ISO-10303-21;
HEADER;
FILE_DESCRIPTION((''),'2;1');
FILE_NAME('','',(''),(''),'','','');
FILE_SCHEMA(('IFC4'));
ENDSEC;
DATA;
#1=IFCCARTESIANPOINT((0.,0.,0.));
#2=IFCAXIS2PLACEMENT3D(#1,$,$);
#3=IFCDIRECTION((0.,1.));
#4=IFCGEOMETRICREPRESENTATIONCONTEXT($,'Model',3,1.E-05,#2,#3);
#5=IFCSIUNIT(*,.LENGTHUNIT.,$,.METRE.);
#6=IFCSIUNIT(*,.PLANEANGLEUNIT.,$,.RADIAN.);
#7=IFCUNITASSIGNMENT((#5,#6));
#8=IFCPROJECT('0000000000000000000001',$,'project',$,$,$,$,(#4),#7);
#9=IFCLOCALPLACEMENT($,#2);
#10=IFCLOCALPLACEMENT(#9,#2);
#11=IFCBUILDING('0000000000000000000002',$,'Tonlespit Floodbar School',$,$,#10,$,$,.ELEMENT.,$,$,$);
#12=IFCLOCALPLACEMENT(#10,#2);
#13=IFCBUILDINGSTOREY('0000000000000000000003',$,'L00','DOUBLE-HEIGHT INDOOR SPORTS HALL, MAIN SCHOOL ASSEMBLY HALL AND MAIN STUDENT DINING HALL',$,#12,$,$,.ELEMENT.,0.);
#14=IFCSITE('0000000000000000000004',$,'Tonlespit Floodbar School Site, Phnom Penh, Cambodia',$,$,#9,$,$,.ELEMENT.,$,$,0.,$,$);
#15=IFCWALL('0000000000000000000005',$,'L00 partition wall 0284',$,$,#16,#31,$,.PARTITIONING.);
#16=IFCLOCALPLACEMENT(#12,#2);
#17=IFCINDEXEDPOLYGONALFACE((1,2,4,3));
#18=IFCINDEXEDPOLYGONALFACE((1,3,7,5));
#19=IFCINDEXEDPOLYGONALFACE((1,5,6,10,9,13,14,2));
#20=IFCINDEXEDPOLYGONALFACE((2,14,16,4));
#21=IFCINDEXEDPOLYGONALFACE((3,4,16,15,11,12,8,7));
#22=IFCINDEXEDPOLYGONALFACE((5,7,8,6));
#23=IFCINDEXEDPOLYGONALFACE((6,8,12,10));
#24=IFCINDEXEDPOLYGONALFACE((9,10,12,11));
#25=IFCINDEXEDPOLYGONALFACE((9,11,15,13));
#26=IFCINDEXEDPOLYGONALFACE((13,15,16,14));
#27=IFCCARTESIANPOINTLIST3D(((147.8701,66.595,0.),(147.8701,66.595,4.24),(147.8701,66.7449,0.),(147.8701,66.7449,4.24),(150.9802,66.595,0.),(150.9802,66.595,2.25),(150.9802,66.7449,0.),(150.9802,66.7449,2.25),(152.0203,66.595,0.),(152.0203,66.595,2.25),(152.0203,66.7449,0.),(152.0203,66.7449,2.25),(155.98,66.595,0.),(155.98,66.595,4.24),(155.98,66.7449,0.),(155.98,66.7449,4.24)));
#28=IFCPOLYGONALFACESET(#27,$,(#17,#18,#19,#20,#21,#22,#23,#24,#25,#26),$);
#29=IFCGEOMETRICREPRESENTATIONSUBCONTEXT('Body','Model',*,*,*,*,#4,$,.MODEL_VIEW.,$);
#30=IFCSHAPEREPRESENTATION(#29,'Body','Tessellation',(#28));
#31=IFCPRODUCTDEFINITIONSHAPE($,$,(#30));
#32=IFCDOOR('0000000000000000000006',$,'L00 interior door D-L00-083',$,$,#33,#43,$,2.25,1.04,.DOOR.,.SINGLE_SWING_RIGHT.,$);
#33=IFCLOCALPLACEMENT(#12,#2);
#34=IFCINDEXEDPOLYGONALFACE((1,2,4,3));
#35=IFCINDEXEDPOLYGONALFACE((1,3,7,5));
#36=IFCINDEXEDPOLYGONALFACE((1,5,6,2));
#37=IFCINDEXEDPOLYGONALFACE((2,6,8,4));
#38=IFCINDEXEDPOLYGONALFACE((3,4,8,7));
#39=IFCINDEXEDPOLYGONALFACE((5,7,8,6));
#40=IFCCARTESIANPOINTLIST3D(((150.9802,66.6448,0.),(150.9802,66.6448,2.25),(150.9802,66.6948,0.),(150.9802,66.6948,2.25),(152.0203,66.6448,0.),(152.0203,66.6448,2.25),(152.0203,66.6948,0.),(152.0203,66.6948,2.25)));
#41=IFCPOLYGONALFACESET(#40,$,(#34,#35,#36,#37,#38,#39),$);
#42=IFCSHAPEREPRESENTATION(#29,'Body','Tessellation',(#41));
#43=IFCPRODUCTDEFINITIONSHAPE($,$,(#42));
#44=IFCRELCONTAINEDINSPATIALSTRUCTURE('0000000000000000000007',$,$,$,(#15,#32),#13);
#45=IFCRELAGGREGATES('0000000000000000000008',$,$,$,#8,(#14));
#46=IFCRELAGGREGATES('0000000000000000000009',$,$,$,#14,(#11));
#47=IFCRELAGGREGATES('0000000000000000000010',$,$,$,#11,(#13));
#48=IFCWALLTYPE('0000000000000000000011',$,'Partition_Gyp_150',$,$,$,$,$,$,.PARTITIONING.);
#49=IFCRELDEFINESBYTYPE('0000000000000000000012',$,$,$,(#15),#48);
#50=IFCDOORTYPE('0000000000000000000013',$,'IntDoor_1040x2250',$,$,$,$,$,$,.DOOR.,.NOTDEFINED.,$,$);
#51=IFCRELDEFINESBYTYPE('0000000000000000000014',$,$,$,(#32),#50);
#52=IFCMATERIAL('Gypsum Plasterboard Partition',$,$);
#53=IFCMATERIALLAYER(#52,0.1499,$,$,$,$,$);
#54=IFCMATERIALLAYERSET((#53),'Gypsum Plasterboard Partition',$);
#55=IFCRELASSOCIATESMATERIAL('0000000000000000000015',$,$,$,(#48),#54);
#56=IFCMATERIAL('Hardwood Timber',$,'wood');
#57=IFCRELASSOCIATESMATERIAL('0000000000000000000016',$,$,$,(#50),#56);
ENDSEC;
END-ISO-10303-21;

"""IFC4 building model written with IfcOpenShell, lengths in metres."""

from ifc_helpers import new_model, si_unit, direction, frame, frame_2d, origin, place, context, subcontext, project, spatial, rectangle, extrude, material, layer, layer_set, type_object, element, fill, save


model = new_model("IFC4")

# Units and contexts
model_context = context("Model", 3, precision=1e-05, world=origin(), true_north=direction((0.0, 1.0)))
body_context = subcontext(model_context, "Body", "Model", "MODEL_VIEW")
ifc_project = project(units=[si_unit("LENGTHUNIT", "METRE"), si_unit("PLANEANGLEUNIT", "RADIAN")], contexts=[model_context])

# Site, building, storey
site_placement = place(None, origin())
site = spatial("IfcSite", under=ifc_project, at=site_placement, Name="Tonlespit Floodbar School Site, Phnom Penh, Cambodia", CompositionType="ELEMENT", RefElevation=0.0)
building_placement = place(site_placement, origin())
building = spatial("IfcBuilding", under=site, at=building_placement, Name="Tonlespit Floodbar School", CompositionType="ELEMENT")
storey_placement = place(building_placement, origin())
storey = spatial("IfcBuildingStorey", under=building, at=storey_placement, Name="L00", Description="DOUBLE-HEIGHT INDOOR SPORTS HALL, MAIN SCHOOL ASSEMBLY HALL AND MAIN STUDENT DINING HALL", CompositionType="ELEMENT", Elevation=0.0)

# Shared definitions
ifc_material_1 = material(Name="Gypsum Plasterboard Partition")

# Wall, opening, door
ifc_layer_1 = layer(ifc_material_1, 0.1499)
ifc_layer_set_1 = layer_set([ifc_layer_1], Name="Gypsum Plasterboard Partition")
wall_type_1 = type_object("IfcWallType", Name="Partition_Gyp_150", PredefinedType="PARTITIONING", material=ifc_layer_set_1)
wall_1_placement = place(storey_placement, frame((147.8701, 66.6699, 0.0), z_axis=(0.0, 0.0, 1.0), x_axis=(1.0, 0.0, 0.0)))
wall_1 = element("IfcWall", 1, at=wall_1_placement, inside=storey, type_object=wall_type_1, Name="L00 partition wall 0284", PredefinedType="PARTITIONING", context=body_context, shape_type="SweptSolid", body=[
    extrude(rectangle(XDim=8.1099, YDim=0.1499, at=frame_2d((4.0549, 0.0))), origin(), (0.0, 0.0, 1.0), 4.24),
])
opening_placement = place(wall_1_placement, frame((3.1101, 0.0, 0.0)))
opening = element("IfcOpeningElement", 2, at=opening_placement, cuts=wall_1, PredefinedType="OPENING", context=body_context, shape_type="SweptSolid", body=[
    extrude(rectangle(XDim=1.04, YDim=2.25, at=frame_2d((0.52, 1.125))), frame((0.0, 0.085, 0.0), z_axis=(0.0, -1.0, 0.0), x_axis=(1.0, 0.0, 0.0)), (0.0, 0.0, 1.0), 0.1699),
])
ifc_material_2 = material(Name="Hardwood Timber", Category="wood")
door_type = type_object("IfcDoorType", Name="IntDoor_1040x2250", OperationType="NOTDEFINED", PredefinedType="DOOR", material=ifc_material_2)
door_placement = place(opening_placement, origin())
door = element("IfcDoor", 3, at=door_placement, inside=storey, type_object=door_type, Name="L00 interior door D-L00-083", OperationType="SINGLE_SWING_RIGHT", OverallHeight=2.25, OverallWidth=1.04, PredefinedType="DOOR", context=body_context, shape_type="SweptSolid", body=[
    extrude(rectangle(XDim=1.04, YDim=2.25, at=frame_2d((0.52, 1.125))), frame((0.0, 0.0249, 0.0), z_axis=(0.0, -1.0, 0.0), x_axis=(1.0, 0.0, 0.0)), (0.0, 0.0, 1.0), 0.05),
])
fill(opening, door)

save(model, "model.ifc")
